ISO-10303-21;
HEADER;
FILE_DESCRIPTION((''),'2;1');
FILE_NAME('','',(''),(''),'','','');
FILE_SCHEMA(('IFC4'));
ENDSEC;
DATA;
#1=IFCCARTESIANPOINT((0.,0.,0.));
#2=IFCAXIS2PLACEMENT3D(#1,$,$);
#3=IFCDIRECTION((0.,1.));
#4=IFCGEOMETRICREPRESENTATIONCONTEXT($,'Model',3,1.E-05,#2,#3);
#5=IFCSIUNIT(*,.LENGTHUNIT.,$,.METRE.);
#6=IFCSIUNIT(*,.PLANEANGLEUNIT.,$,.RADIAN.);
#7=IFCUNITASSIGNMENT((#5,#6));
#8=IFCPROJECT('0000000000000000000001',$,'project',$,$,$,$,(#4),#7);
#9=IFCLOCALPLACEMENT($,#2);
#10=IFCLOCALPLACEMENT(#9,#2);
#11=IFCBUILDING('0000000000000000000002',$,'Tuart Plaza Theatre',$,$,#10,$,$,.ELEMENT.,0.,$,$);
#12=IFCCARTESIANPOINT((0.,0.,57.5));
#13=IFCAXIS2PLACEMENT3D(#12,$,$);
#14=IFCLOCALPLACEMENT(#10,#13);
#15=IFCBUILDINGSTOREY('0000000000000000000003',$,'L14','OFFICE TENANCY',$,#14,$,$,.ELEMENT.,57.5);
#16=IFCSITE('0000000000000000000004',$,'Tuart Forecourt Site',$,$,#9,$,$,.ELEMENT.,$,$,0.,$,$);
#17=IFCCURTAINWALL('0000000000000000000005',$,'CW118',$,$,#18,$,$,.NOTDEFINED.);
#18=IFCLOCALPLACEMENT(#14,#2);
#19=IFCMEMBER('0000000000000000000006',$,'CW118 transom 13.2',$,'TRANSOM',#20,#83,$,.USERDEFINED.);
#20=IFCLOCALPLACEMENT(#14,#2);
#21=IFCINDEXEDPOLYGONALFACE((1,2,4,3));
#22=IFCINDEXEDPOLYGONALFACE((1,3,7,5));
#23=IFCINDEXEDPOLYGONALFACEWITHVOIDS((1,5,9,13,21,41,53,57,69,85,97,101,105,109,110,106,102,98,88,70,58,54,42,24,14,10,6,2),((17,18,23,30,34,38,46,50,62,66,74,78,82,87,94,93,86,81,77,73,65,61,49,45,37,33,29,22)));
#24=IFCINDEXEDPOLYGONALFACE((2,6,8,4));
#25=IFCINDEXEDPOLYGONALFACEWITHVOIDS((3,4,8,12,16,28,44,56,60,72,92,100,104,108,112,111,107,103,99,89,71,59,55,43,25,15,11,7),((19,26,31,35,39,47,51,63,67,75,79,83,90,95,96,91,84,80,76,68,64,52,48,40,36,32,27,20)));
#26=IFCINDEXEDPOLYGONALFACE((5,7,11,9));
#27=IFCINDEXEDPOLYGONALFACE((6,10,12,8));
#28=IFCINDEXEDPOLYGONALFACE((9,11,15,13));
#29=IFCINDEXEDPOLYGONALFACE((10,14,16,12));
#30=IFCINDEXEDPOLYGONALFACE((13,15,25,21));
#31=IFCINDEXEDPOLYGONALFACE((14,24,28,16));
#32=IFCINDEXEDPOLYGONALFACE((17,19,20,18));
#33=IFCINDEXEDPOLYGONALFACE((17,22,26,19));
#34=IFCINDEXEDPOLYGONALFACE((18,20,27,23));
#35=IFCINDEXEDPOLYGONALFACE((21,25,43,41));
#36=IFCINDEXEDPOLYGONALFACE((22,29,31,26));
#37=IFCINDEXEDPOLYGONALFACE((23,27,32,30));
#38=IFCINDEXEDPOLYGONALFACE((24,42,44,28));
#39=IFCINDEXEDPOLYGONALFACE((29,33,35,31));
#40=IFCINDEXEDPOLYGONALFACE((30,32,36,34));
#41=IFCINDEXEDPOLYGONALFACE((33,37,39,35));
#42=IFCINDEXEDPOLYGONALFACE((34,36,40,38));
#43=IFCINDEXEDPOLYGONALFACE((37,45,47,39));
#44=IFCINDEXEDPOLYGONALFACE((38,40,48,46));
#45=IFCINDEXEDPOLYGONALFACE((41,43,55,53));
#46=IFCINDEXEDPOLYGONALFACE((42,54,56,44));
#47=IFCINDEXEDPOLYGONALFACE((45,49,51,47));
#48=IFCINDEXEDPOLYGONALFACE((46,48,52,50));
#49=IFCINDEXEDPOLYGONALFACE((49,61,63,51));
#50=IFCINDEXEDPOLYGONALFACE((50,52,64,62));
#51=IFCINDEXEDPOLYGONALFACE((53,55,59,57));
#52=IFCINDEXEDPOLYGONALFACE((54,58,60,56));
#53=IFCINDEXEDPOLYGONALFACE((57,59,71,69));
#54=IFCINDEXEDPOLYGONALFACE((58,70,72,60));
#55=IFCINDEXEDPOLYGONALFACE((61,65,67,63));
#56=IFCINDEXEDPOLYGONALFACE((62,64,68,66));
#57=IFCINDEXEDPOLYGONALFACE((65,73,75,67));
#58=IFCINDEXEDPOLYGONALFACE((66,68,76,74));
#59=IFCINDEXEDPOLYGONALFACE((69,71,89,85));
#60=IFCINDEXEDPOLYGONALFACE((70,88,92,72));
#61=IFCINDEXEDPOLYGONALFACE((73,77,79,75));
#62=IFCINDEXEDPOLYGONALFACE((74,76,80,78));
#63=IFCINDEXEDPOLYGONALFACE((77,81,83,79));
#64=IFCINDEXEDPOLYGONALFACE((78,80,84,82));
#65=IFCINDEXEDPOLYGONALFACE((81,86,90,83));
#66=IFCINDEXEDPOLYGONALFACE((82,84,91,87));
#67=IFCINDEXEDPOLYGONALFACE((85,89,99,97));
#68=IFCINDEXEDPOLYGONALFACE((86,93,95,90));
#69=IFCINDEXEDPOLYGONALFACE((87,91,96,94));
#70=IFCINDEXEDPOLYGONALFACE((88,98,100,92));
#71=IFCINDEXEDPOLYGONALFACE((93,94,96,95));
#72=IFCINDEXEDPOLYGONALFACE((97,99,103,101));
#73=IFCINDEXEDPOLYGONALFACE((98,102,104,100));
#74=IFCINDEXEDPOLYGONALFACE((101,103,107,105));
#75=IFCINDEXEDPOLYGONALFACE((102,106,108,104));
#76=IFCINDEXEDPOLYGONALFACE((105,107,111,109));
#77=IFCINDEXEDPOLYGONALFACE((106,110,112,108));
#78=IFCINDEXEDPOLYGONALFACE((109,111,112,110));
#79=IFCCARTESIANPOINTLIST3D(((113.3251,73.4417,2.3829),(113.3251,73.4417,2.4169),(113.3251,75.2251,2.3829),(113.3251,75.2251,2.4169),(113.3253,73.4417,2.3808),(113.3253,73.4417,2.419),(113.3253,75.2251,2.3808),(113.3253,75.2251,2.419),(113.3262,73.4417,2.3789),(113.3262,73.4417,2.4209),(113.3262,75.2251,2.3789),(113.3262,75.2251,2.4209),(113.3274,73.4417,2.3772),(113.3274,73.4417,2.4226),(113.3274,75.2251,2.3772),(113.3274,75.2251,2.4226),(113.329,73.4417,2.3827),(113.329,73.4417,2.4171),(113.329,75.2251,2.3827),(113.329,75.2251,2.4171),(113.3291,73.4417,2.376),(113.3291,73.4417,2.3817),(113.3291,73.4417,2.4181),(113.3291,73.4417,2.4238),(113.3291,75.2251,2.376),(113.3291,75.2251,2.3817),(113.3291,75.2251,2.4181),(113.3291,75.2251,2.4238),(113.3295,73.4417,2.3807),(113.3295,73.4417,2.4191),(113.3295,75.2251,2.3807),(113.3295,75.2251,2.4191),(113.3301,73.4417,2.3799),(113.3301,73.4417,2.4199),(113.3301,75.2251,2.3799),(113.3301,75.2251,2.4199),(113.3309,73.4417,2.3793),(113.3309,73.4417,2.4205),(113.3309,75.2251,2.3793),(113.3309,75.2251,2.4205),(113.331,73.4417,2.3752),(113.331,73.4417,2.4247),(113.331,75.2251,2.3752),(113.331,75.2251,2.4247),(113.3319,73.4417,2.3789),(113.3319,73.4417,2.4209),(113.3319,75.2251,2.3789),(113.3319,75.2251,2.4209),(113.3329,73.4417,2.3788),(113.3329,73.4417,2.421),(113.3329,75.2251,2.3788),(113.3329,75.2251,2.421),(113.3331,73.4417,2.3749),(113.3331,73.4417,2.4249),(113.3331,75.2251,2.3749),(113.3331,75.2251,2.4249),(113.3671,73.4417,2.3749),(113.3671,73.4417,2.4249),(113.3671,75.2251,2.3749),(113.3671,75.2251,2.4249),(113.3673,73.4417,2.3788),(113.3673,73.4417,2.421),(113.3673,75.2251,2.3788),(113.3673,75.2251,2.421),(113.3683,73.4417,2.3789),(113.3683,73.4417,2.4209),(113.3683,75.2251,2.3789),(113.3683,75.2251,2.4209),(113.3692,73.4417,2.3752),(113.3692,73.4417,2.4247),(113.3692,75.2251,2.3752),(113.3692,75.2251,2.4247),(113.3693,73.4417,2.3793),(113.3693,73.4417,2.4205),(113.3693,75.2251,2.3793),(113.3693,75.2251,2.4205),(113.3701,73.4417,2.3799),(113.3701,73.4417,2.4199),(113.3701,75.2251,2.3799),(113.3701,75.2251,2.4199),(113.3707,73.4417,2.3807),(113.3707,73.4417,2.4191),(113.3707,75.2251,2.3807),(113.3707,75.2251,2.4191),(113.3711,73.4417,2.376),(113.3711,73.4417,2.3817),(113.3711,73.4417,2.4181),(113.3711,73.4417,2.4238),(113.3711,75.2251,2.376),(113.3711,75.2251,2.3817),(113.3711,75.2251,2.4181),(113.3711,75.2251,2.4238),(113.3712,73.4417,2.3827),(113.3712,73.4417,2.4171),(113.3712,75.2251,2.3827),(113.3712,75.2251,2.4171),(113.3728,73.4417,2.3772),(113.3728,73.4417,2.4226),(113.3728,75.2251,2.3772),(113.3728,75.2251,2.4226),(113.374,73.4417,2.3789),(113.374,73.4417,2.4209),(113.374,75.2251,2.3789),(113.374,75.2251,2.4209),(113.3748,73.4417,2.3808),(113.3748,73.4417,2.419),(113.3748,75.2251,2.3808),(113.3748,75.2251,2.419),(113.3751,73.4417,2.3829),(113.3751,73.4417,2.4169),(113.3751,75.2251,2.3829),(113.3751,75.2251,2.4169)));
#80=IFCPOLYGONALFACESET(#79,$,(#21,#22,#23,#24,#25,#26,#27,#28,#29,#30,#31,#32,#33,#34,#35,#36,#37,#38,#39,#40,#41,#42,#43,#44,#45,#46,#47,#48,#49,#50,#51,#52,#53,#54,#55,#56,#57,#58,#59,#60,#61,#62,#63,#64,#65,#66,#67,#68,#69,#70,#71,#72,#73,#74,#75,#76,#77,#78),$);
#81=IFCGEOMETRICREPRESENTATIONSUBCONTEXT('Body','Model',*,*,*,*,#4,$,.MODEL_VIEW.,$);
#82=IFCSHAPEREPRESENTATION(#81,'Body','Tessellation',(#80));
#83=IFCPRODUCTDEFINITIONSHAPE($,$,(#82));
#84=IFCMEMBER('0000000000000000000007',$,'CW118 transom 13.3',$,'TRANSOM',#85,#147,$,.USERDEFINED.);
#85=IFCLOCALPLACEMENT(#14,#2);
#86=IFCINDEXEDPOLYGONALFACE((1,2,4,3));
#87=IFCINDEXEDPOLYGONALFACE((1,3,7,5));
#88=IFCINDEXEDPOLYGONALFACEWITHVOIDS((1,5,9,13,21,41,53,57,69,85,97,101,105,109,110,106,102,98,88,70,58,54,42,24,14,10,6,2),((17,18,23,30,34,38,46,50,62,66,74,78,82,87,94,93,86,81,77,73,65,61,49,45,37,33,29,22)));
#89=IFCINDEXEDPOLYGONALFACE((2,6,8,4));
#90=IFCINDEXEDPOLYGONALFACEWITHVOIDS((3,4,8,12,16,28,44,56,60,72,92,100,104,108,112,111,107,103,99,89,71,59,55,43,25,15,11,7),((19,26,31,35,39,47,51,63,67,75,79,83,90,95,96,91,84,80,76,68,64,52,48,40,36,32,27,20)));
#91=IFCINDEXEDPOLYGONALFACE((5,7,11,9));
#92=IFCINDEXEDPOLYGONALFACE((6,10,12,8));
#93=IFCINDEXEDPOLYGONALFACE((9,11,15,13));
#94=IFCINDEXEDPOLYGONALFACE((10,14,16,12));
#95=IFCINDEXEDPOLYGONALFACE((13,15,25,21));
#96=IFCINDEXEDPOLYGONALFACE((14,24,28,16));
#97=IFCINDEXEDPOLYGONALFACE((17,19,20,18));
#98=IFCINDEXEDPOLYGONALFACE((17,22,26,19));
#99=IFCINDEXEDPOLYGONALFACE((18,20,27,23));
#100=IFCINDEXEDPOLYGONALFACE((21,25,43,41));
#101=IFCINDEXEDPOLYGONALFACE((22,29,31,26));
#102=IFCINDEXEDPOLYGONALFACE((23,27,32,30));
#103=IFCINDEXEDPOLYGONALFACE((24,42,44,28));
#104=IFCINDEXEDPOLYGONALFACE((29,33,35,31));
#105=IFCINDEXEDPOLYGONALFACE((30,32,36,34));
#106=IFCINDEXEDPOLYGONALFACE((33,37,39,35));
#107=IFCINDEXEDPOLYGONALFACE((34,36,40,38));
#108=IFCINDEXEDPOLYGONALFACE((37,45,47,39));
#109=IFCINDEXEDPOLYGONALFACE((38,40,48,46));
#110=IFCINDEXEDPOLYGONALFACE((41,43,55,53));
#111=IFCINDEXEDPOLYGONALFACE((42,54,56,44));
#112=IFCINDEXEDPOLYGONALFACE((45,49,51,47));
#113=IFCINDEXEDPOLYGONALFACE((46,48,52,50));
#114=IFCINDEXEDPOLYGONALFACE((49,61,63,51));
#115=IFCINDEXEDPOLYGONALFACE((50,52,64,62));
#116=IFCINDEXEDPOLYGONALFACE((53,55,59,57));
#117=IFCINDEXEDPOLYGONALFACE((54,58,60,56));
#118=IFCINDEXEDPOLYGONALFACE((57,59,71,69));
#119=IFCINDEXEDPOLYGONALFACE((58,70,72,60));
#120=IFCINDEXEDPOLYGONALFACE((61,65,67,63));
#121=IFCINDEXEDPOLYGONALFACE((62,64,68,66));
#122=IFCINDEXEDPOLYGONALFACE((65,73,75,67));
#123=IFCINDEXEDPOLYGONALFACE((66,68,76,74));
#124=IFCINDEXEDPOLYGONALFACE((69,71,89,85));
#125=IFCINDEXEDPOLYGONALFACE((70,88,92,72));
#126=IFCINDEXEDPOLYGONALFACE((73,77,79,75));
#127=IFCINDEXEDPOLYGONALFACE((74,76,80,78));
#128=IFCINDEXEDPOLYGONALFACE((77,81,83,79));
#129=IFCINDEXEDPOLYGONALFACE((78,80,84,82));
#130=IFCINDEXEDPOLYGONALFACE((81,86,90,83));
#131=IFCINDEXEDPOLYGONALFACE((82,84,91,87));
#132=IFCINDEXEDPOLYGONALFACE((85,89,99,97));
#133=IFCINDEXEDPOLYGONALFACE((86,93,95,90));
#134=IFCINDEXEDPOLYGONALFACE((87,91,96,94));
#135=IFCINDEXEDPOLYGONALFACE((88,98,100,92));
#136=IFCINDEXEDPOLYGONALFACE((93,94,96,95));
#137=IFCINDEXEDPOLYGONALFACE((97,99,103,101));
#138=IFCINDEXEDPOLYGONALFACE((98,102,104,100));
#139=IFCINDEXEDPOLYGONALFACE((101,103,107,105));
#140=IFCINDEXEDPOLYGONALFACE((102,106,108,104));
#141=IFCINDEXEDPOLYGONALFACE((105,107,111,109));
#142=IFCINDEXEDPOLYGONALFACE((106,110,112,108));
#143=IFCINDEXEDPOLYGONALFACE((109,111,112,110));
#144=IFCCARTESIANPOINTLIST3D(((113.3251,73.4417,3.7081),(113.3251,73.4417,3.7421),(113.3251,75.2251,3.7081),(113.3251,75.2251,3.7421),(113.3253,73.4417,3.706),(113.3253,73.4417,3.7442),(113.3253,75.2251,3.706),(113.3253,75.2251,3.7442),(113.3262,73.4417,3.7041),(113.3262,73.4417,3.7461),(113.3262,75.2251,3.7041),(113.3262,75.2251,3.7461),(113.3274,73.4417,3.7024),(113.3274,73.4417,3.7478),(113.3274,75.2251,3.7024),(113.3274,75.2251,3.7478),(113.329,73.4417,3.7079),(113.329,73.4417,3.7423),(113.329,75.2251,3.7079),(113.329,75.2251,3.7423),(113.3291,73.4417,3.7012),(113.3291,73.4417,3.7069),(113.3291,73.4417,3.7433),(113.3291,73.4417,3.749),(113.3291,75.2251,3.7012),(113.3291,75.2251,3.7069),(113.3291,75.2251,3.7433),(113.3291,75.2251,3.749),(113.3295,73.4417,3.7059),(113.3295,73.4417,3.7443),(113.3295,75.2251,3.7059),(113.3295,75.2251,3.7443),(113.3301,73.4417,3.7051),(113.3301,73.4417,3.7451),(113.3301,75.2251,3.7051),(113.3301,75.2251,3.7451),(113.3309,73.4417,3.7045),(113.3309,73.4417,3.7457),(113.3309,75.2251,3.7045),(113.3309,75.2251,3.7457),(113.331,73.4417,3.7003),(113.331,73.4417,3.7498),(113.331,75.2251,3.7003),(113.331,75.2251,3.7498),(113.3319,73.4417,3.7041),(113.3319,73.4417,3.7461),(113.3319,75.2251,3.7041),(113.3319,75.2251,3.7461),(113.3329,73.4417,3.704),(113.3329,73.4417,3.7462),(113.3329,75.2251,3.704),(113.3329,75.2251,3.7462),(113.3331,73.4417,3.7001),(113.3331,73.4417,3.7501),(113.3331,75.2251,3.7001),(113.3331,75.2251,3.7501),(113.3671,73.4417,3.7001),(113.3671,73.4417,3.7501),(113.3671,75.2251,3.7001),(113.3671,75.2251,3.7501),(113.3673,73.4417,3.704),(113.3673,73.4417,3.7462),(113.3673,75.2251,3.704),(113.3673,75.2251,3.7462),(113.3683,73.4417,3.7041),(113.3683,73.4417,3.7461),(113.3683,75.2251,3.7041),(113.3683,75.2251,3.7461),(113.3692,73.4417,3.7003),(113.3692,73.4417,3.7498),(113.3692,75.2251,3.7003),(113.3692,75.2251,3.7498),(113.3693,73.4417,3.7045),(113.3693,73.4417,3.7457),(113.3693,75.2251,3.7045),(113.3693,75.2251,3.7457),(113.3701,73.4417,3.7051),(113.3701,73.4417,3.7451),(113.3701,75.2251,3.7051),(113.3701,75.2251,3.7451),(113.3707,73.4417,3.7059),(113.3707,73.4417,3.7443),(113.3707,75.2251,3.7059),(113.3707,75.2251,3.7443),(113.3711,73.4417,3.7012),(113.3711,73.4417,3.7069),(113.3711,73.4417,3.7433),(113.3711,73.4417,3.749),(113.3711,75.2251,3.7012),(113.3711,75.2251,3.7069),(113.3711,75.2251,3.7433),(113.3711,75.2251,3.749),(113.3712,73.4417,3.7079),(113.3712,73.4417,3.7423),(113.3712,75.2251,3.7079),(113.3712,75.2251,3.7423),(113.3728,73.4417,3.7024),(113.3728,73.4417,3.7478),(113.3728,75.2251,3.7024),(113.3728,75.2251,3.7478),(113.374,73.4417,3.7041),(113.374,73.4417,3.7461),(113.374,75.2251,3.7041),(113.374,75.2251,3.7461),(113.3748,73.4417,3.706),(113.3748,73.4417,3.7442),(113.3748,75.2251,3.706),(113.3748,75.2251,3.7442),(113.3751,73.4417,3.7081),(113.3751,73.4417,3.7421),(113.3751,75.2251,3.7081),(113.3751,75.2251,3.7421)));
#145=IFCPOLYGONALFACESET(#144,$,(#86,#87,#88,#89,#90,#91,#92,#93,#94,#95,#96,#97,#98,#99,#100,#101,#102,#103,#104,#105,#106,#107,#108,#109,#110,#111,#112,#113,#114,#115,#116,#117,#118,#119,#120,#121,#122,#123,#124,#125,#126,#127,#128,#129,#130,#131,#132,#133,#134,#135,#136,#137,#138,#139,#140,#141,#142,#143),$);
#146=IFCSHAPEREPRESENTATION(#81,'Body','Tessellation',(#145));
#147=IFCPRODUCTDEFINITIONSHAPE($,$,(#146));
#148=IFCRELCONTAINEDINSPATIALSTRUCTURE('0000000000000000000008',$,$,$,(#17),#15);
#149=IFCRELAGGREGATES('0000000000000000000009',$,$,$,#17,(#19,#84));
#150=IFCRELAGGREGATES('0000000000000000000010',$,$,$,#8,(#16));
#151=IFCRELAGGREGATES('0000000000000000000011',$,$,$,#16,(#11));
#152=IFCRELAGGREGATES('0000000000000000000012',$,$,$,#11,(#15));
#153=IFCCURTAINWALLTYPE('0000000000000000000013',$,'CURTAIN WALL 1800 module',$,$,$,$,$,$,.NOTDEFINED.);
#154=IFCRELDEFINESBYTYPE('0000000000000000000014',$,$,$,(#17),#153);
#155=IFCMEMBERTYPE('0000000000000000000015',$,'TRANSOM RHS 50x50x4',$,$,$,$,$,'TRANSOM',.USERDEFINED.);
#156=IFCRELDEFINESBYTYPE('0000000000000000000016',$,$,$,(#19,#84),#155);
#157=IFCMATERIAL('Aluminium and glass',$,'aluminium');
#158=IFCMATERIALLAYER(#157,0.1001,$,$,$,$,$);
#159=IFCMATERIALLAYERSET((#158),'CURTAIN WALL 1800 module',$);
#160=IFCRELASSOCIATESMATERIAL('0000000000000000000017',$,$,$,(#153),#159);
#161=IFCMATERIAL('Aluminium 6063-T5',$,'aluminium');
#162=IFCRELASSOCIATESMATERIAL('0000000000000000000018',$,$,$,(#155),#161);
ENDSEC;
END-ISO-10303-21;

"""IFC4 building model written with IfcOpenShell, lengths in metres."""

from ifc_helpers import new_model, si_unit, direction, frame, origin, origin_2d, place, context, subcontext, project, spatial, hollow_rectangle, extrude, material, layer, layer_set, material_profile, profile_set, type_object, element, aggregate, save


model = new_model("IFC4")

# Units and contexts
model_context = context("Model", 3, precision=1e-05, world=origin(), true_north=direction((0.0, 1.0)))
body_context = subcontext(model_context, "Body", "Model", "MODEL_VIEW")
ifc_project = project(units=[si_unit("LENGTHUNIT", "METRE"), si_unit("PLANEANGLEUNIT", "RADIAN")], contexts=[model_context])

# Site, building, storey
site_placement = place(None, origin())
site = spatial("IfcSite", under=ifc_project, at=site_placement, Name="Tuart Forecourt Site", CompositionType="ELEMENT", RefElevation=0.0)
building_placement = place(site_placement, origin())
building = spatial("IfcBuilding", under=site, at=building_placement, Name="Tuart Plaza Theatre", CompositionType="ELEMENT", ElevationOfRefHeight=0.0)
storey_placement = place(building_placement, frame((0.0, 0.0, 57.5)))
storey = spatial("IfcBuildingStorey", under=building, at=storey_placement, Name="L14", Description="OFFICE TENANCY", CompositionType="ELEMENT", Elevation=57.5)

# Curtain wall, members
ifc_material_1 = material(Name="Aluminium and glass", Category="aluminium")
ifc_layer_1 = layer(ifc_material_1, 0.1001)
ifc_layer_set_1 = layer_set([ifc_layer_1], Name="CURTAIN WALL 1800 module")
curtain_wall_type = type_object("IfcCurtainWallType", Name="CURTAIN WALL 1800 module", PredefinedType="NOTDEFINED", material=ifc_layer_set_1)
curtain_wall_placement = place(storey_placement, origin())
curtain_wall = element("IfcCurtainWall", 1, at=curtain_wall_placement, inside=storey, type_object=curtain_wall_type, Name="CW118", PredefinedType="NOTDEFINED")
ifc_material_2 = material(Name="Aluminium 6063-T5", Category="aluminium")
ifc_material_profile_1 = material_profile(ifc_material_2, hollow_rectangle(XDim=0.05, YDim=0.05, WallThickness=0.0039, InnerFilletRadius=0.0039, OuterFilletRadius=0.0081, at=origin_2d()), Name="RHS 50x50x4")
ifc_profile_set_1 = profile_set([ifc_material_profile_1], Name="Aluminium 6063-T5")
member_type = type_object("IfcMemberType", Name="TRANSOM RHS 50x50x4", ElementType="TRANSOM", PredefinedType="USERDEFINED", material=ifc_profile_set_1)
member_1_placement = place(storey_placement, frame((113.3501, 75.2251, 2.3999), z_axis=(0.0, -1.0, 0.0), x_axis=(1.0, 0.0, 0.0)))
member_1 = element("IfcMember", 2, at=member_1_placement, type_object=member_type, Name="CW118 transom 13.2", ObjectType="TRANSOM", PredefinedType="USERDEFINED", context=body_context, shape_type="SweptSolid", body=[
    extrude(hollow_rectangle(XDim=0.05, YDim=0.05, WallThickness=0.0039, InnerFilletRadius=0.0039, OuterFilletRadius=0.0081, at=origin_2d()), origin(), (0.0, 0.0, 1.0), 1.7834),
])
member_2_placement = place(storey_placement, frame((113.3501, 75.2251, 3.7251), z_axis=(0.0, -1.0, 0.0), x_axis=(1.0, 0.0, 0.0)))
member_2 = element("IfcMember", 3, at=member_2_placement, type_object=member_type, Name="CW118 transom 13.3", ObjectType="TRANSOM", PredefinedType="USERDEFINED", context=body_context, shape_type="SweptSolid", body=[
    extrude(hollow_rectangle(XDim=0.05, YDim=0.05, WallThickness=0.0039, InnerFilletRadius=0.0039, OuterFilletRadius=0.0081, at=origin_2d()), origin(), (0.0, 0.0, 1.0), 1.7834),
])
aggregate(curtain_wall, [member_1, member_2])

save(model, "model.ifc")
